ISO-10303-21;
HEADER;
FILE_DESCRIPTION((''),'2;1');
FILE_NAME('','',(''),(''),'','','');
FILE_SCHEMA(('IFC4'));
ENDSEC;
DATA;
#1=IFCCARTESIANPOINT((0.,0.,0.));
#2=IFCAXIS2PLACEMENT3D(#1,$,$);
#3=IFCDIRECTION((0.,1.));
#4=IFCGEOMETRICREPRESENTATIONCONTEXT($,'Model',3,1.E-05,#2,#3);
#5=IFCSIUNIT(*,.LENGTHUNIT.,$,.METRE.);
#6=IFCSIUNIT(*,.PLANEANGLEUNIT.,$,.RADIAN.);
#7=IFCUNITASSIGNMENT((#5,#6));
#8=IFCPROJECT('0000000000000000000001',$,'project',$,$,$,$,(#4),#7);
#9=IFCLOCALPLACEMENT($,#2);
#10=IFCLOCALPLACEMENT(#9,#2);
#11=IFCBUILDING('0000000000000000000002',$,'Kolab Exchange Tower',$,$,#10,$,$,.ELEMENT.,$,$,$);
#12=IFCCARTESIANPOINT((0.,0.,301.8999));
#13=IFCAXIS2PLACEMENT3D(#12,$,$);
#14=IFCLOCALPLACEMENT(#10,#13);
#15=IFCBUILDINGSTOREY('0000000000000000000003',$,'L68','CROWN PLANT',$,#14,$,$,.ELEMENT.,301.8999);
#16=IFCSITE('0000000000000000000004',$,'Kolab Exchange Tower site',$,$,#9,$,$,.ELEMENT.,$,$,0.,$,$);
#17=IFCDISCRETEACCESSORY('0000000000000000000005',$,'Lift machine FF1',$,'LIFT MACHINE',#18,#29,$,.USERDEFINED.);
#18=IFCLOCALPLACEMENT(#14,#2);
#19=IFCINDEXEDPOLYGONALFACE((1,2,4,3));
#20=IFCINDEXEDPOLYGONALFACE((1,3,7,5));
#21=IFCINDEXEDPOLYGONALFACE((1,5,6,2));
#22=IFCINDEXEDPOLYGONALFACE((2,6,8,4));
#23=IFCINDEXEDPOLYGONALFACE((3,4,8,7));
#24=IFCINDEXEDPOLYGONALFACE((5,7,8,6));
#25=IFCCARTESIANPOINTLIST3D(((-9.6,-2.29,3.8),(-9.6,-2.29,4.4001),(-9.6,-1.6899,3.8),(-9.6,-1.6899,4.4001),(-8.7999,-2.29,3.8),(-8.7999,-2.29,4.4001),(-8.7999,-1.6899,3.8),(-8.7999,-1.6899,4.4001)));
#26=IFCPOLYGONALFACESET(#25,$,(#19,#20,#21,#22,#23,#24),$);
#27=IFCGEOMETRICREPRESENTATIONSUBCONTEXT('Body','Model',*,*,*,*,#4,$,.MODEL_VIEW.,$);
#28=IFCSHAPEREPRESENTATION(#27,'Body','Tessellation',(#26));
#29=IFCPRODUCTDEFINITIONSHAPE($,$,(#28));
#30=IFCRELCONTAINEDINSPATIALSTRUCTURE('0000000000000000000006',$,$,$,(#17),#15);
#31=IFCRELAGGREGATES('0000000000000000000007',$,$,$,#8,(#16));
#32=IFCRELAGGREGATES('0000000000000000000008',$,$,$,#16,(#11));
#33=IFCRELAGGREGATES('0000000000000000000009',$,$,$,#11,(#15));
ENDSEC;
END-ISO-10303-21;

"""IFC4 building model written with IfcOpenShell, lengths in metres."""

from ifc_helpers import new_model, si_unit, direction, frame, origin, origin_2d, place, context, subcontext, project, spatial, rectangle, extrude, element, save


model = new_model("IFC4")

# Units and contexts
model_context = context("Model", 3, precision=1e-05, world=origin(), true_north=direction((0.0, 1.0)))
body_context = subcontext(model_context, "Body", "Model", "MODEL_VIEW")
ifc_project = project(units=[si_unit("LENGTHUNIT", "METRE"), si_unit("PLANEANGLEUNIT", "RADIAN")], contexts=[model_context])

# Site, building, storey
site_placement = place(None, origin())
site = spatial("IfcSite", under=ifc_project, at=site_placement, Name="Kolab Exchange Tower site", CompositionType="ELEMENT", RefElevation=0.0)
building_placement = place(site_placement, origin())
building = spatial("IfcBuilding", under=site, at=building_placement, Name="Kolab Exchange Tower", CompositionType="ELEMENT")
storey_placement = place(building_placement, frame((0.0, 0.0, 301.8999)))
storey = spatial("IfcBuildingStorey", under=building, at=storey_placement, Name="L68", Description="CROWN PLANT", CompositionType="ELEMENT", Elevation=301.8999)

# Discrete accessory
discrete_accessory_placement = place(storey_placement, frame((-9.2, -1.99, 3.8), z_axis=(0.0, 0.0, 1.0), x_axis=(1.0, 0.0, 0.0)))
element("IfcDiscreteAccessory", 1, at=discrete_accessory_placement, inside=storey, Name="Lift machine FF1", ObjectType="LIFT MACHINE", PredefinedType="USERDEFINED", context=body_context, shape_type="SweptSolid", body=[
    extrude(rectangle(XDim=0.8, YDim=0.6001, at=origin_2d()), origin(), (0.0, 0.0, 1.0), 0.6001),
])

save(model, "model.ifc")
